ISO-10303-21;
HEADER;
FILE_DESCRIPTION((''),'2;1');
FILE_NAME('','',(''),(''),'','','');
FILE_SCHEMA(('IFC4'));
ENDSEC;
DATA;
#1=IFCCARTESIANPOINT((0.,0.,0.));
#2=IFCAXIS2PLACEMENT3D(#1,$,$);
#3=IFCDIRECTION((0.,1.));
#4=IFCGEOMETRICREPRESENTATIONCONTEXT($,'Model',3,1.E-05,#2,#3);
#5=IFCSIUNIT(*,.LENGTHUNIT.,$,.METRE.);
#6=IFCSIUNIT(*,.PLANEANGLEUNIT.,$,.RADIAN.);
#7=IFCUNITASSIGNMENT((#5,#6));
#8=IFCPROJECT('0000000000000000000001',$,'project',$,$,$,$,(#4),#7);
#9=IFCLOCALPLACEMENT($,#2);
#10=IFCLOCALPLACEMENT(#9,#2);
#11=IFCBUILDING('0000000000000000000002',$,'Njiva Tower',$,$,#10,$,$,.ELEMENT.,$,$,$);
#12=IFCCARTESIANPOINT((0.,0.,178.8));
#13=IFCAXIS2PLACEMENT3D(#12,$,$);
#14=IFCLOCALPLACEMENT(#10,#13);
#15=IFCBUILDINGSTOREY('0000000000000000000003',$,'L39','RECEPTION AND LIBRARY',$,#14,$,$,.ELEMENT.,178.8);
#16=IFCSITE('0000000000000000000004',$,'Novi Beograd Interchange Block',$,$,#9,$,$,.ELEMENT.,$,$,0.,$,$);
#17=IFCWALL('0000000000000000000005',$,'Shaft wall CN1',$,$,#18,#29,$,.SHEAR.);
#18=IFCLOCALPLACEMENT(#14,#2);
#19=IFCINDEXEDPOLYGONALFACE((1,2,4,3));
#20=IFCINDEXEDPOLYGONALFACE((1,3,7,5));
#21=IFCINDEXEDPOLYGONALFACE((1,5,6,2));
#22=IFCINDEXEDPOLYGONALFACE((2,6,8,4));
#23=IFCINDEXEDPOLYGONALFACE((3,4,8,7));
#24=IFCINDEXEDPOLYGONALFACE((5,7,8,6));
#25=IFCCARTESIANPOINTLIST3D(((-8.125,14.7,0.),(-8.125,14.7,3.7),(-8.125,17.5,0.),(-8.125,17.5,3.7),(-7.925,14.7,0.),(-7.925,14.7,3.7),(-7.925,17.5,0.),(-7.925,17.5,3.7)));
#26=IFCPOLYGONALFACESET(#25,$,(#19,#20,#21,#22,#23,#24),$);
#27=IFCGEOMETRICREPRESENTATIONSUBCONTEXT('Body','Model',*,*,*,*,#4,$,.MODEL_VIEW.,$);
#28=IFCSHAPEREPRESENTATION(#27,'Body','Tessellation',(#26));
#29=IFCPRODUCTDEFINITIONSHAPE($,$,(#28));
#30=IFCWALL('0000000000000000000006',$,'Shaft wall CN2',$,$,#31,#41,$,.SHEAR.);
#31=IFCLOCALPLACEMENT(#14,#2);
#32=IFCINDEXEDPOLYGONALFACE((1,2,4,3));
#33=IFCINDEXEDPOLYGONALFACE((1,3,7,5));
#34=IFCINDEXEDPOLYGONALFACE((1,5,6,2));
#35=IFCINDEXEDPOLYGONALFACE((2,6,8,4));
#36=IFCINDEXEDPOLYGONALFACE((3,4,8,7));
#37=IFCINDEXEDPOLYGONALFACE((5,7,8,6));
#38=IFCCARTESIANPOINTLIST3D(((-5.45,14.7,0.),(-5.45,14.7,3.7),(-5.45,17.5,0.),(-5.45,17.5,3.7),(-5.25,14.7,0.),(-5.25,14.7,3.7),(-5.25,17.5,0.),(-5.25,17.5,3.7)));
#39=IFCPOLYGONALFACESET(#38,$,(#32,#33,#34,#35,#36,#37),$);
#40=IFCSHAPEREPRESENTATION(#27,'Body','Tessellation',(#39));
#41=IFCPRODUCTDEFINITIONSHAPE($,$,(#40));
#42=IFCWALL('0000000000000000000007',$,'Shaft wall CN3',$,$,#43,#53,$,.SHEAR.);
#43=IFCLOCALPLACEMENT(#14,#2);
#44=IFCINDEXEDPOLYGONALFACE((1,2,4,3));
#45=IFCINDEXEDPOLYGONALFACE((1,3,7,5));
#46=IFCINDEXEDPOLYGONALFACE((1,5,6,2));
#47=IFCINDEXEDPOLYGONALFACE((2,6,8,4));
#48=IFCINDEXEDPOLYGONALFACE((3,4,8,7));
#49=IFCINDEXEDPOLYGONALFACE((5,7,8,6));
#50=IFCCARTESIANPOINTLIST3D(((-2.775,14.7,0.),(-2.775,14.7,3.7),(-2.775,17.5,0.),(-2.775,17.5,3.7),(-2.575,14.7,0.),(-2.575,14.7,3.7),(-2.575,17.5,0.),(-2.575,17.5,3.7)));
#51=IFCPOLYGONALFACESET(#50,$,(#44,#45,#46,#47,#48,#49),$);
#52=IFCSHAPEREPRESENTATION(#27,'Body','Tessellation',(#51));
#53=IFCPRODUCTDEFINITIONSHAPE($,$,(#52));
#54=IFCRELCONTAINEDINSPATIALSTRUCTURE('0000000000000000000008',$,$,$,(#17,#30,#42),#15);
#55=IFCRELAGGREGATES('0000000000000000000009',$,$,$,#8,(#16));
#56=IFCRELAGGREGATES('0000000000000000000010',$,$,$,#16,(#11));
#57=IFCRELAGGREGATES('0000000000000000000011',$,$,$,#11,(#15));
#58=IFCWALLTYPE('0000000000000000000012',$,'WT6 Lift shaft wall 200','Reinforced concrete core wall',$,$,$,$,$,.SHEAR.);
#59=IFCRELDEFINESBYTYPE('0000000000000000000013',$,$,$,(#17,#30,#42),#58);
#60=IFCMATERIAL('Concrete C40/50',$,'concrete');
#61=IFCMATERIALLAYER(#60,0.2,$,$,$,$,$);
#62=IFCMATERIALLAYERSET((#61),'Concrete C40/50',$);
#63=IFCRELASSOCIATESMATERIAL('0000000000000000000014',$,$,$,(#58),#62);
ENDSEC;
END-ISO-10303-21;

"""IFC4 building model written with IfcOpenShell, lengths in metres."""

from ifc_helpers import new_model, si_unit, direction, frame, frame_2d, origin, place, context, subcontext, project, spatial, rectangle, extrude, material, layer, layer_set, type_object, element, save


model = new_model("IFC4")

# Units and contexts
model_context = context("Model", 3, precision=1e-05, world=origin(), true_north=direction((0.0, 1.0)))
body_context = subcontext(model_context, "Body", "Model", "MODEL_VIEW")
ifc_project = project(units=[si_unit("LENGTHUNIT", "METRE"), si_unit("PLANEANGLEUNIT", "RADIAN")], contexts=[model_context])

# Site, building, storey
site_placement = place(None, origin())
site = spatial("IfcSite", under=ifc_project, at=site_placement, Name="Novi Beograd Interchange Block", CompositionType="ELEMENT", RefElevation=0.0)
building_placement = place(site_placement, origin())
building = spatial("IfcBuilding", under=site, at=building_placement, Name="Njiva Tower", CompositionType="ELEMENT")
storey_placement = place(building_placement, frame((0.0, 0.0, 178.8)))
storey = spatial("IfcBuildingStorey", under=building, at=storey_placement, Name="L39", Description="RECEPTION AND LIBRARY", CompositionType="ELEMENT", Elevation=178.8)

# Walls
ifc_material_1 = material(Name="Concrete C40/50", Category="concrete")
ifc_layer_1 = layer(ifc_material_1, 0.2)
ifc_layer_set_1 = layer_set([ifc_layer_1], Name="Concrete C40/50")
wall_type_1 = type_object("IfcWallType", Name="WT6 Lift shaft wall 200", Description="Reinforced concrete core wall", PredefinedType="SHEAR", material=ifc_layer_set_1)
for number, where, z_axis, x_axis, name in (
    (1, (-8.025, 14.7, 0.0), (0.0, 0.0, 1.0), (0.0, 1.0, 0.0), "Shaft wall CN1"),
    (2, (-5.35, 14.7, 0.0), (0.0, 0.0, 1.0), (0.0, 1.0, 0.0), "Shaft wall CN2"),
    (3, (-2.675, 14.7, 0.0), (0.0, 0.0, 1.0), (0.0, 1.0, 0.0), "Shaft wall CN3"),
):
    element("IfcWall", number, at=place(storey_placement, frame(where, z_axis=z_axis, x_axis=x_axis)), inside=storey, type_object=wall_type_1, Name=name, PredefinedType="SHEAR", context=body_context, shape_type="SweptSolid", body=[
        extrude(rectangle(XDim=2.8, YDim=0.2, at=frame_2d((1.4, 0.0))), origin(), (0.0, 0.0, 1.0), 3.7),
    ])

save(model, "model.ifc")
